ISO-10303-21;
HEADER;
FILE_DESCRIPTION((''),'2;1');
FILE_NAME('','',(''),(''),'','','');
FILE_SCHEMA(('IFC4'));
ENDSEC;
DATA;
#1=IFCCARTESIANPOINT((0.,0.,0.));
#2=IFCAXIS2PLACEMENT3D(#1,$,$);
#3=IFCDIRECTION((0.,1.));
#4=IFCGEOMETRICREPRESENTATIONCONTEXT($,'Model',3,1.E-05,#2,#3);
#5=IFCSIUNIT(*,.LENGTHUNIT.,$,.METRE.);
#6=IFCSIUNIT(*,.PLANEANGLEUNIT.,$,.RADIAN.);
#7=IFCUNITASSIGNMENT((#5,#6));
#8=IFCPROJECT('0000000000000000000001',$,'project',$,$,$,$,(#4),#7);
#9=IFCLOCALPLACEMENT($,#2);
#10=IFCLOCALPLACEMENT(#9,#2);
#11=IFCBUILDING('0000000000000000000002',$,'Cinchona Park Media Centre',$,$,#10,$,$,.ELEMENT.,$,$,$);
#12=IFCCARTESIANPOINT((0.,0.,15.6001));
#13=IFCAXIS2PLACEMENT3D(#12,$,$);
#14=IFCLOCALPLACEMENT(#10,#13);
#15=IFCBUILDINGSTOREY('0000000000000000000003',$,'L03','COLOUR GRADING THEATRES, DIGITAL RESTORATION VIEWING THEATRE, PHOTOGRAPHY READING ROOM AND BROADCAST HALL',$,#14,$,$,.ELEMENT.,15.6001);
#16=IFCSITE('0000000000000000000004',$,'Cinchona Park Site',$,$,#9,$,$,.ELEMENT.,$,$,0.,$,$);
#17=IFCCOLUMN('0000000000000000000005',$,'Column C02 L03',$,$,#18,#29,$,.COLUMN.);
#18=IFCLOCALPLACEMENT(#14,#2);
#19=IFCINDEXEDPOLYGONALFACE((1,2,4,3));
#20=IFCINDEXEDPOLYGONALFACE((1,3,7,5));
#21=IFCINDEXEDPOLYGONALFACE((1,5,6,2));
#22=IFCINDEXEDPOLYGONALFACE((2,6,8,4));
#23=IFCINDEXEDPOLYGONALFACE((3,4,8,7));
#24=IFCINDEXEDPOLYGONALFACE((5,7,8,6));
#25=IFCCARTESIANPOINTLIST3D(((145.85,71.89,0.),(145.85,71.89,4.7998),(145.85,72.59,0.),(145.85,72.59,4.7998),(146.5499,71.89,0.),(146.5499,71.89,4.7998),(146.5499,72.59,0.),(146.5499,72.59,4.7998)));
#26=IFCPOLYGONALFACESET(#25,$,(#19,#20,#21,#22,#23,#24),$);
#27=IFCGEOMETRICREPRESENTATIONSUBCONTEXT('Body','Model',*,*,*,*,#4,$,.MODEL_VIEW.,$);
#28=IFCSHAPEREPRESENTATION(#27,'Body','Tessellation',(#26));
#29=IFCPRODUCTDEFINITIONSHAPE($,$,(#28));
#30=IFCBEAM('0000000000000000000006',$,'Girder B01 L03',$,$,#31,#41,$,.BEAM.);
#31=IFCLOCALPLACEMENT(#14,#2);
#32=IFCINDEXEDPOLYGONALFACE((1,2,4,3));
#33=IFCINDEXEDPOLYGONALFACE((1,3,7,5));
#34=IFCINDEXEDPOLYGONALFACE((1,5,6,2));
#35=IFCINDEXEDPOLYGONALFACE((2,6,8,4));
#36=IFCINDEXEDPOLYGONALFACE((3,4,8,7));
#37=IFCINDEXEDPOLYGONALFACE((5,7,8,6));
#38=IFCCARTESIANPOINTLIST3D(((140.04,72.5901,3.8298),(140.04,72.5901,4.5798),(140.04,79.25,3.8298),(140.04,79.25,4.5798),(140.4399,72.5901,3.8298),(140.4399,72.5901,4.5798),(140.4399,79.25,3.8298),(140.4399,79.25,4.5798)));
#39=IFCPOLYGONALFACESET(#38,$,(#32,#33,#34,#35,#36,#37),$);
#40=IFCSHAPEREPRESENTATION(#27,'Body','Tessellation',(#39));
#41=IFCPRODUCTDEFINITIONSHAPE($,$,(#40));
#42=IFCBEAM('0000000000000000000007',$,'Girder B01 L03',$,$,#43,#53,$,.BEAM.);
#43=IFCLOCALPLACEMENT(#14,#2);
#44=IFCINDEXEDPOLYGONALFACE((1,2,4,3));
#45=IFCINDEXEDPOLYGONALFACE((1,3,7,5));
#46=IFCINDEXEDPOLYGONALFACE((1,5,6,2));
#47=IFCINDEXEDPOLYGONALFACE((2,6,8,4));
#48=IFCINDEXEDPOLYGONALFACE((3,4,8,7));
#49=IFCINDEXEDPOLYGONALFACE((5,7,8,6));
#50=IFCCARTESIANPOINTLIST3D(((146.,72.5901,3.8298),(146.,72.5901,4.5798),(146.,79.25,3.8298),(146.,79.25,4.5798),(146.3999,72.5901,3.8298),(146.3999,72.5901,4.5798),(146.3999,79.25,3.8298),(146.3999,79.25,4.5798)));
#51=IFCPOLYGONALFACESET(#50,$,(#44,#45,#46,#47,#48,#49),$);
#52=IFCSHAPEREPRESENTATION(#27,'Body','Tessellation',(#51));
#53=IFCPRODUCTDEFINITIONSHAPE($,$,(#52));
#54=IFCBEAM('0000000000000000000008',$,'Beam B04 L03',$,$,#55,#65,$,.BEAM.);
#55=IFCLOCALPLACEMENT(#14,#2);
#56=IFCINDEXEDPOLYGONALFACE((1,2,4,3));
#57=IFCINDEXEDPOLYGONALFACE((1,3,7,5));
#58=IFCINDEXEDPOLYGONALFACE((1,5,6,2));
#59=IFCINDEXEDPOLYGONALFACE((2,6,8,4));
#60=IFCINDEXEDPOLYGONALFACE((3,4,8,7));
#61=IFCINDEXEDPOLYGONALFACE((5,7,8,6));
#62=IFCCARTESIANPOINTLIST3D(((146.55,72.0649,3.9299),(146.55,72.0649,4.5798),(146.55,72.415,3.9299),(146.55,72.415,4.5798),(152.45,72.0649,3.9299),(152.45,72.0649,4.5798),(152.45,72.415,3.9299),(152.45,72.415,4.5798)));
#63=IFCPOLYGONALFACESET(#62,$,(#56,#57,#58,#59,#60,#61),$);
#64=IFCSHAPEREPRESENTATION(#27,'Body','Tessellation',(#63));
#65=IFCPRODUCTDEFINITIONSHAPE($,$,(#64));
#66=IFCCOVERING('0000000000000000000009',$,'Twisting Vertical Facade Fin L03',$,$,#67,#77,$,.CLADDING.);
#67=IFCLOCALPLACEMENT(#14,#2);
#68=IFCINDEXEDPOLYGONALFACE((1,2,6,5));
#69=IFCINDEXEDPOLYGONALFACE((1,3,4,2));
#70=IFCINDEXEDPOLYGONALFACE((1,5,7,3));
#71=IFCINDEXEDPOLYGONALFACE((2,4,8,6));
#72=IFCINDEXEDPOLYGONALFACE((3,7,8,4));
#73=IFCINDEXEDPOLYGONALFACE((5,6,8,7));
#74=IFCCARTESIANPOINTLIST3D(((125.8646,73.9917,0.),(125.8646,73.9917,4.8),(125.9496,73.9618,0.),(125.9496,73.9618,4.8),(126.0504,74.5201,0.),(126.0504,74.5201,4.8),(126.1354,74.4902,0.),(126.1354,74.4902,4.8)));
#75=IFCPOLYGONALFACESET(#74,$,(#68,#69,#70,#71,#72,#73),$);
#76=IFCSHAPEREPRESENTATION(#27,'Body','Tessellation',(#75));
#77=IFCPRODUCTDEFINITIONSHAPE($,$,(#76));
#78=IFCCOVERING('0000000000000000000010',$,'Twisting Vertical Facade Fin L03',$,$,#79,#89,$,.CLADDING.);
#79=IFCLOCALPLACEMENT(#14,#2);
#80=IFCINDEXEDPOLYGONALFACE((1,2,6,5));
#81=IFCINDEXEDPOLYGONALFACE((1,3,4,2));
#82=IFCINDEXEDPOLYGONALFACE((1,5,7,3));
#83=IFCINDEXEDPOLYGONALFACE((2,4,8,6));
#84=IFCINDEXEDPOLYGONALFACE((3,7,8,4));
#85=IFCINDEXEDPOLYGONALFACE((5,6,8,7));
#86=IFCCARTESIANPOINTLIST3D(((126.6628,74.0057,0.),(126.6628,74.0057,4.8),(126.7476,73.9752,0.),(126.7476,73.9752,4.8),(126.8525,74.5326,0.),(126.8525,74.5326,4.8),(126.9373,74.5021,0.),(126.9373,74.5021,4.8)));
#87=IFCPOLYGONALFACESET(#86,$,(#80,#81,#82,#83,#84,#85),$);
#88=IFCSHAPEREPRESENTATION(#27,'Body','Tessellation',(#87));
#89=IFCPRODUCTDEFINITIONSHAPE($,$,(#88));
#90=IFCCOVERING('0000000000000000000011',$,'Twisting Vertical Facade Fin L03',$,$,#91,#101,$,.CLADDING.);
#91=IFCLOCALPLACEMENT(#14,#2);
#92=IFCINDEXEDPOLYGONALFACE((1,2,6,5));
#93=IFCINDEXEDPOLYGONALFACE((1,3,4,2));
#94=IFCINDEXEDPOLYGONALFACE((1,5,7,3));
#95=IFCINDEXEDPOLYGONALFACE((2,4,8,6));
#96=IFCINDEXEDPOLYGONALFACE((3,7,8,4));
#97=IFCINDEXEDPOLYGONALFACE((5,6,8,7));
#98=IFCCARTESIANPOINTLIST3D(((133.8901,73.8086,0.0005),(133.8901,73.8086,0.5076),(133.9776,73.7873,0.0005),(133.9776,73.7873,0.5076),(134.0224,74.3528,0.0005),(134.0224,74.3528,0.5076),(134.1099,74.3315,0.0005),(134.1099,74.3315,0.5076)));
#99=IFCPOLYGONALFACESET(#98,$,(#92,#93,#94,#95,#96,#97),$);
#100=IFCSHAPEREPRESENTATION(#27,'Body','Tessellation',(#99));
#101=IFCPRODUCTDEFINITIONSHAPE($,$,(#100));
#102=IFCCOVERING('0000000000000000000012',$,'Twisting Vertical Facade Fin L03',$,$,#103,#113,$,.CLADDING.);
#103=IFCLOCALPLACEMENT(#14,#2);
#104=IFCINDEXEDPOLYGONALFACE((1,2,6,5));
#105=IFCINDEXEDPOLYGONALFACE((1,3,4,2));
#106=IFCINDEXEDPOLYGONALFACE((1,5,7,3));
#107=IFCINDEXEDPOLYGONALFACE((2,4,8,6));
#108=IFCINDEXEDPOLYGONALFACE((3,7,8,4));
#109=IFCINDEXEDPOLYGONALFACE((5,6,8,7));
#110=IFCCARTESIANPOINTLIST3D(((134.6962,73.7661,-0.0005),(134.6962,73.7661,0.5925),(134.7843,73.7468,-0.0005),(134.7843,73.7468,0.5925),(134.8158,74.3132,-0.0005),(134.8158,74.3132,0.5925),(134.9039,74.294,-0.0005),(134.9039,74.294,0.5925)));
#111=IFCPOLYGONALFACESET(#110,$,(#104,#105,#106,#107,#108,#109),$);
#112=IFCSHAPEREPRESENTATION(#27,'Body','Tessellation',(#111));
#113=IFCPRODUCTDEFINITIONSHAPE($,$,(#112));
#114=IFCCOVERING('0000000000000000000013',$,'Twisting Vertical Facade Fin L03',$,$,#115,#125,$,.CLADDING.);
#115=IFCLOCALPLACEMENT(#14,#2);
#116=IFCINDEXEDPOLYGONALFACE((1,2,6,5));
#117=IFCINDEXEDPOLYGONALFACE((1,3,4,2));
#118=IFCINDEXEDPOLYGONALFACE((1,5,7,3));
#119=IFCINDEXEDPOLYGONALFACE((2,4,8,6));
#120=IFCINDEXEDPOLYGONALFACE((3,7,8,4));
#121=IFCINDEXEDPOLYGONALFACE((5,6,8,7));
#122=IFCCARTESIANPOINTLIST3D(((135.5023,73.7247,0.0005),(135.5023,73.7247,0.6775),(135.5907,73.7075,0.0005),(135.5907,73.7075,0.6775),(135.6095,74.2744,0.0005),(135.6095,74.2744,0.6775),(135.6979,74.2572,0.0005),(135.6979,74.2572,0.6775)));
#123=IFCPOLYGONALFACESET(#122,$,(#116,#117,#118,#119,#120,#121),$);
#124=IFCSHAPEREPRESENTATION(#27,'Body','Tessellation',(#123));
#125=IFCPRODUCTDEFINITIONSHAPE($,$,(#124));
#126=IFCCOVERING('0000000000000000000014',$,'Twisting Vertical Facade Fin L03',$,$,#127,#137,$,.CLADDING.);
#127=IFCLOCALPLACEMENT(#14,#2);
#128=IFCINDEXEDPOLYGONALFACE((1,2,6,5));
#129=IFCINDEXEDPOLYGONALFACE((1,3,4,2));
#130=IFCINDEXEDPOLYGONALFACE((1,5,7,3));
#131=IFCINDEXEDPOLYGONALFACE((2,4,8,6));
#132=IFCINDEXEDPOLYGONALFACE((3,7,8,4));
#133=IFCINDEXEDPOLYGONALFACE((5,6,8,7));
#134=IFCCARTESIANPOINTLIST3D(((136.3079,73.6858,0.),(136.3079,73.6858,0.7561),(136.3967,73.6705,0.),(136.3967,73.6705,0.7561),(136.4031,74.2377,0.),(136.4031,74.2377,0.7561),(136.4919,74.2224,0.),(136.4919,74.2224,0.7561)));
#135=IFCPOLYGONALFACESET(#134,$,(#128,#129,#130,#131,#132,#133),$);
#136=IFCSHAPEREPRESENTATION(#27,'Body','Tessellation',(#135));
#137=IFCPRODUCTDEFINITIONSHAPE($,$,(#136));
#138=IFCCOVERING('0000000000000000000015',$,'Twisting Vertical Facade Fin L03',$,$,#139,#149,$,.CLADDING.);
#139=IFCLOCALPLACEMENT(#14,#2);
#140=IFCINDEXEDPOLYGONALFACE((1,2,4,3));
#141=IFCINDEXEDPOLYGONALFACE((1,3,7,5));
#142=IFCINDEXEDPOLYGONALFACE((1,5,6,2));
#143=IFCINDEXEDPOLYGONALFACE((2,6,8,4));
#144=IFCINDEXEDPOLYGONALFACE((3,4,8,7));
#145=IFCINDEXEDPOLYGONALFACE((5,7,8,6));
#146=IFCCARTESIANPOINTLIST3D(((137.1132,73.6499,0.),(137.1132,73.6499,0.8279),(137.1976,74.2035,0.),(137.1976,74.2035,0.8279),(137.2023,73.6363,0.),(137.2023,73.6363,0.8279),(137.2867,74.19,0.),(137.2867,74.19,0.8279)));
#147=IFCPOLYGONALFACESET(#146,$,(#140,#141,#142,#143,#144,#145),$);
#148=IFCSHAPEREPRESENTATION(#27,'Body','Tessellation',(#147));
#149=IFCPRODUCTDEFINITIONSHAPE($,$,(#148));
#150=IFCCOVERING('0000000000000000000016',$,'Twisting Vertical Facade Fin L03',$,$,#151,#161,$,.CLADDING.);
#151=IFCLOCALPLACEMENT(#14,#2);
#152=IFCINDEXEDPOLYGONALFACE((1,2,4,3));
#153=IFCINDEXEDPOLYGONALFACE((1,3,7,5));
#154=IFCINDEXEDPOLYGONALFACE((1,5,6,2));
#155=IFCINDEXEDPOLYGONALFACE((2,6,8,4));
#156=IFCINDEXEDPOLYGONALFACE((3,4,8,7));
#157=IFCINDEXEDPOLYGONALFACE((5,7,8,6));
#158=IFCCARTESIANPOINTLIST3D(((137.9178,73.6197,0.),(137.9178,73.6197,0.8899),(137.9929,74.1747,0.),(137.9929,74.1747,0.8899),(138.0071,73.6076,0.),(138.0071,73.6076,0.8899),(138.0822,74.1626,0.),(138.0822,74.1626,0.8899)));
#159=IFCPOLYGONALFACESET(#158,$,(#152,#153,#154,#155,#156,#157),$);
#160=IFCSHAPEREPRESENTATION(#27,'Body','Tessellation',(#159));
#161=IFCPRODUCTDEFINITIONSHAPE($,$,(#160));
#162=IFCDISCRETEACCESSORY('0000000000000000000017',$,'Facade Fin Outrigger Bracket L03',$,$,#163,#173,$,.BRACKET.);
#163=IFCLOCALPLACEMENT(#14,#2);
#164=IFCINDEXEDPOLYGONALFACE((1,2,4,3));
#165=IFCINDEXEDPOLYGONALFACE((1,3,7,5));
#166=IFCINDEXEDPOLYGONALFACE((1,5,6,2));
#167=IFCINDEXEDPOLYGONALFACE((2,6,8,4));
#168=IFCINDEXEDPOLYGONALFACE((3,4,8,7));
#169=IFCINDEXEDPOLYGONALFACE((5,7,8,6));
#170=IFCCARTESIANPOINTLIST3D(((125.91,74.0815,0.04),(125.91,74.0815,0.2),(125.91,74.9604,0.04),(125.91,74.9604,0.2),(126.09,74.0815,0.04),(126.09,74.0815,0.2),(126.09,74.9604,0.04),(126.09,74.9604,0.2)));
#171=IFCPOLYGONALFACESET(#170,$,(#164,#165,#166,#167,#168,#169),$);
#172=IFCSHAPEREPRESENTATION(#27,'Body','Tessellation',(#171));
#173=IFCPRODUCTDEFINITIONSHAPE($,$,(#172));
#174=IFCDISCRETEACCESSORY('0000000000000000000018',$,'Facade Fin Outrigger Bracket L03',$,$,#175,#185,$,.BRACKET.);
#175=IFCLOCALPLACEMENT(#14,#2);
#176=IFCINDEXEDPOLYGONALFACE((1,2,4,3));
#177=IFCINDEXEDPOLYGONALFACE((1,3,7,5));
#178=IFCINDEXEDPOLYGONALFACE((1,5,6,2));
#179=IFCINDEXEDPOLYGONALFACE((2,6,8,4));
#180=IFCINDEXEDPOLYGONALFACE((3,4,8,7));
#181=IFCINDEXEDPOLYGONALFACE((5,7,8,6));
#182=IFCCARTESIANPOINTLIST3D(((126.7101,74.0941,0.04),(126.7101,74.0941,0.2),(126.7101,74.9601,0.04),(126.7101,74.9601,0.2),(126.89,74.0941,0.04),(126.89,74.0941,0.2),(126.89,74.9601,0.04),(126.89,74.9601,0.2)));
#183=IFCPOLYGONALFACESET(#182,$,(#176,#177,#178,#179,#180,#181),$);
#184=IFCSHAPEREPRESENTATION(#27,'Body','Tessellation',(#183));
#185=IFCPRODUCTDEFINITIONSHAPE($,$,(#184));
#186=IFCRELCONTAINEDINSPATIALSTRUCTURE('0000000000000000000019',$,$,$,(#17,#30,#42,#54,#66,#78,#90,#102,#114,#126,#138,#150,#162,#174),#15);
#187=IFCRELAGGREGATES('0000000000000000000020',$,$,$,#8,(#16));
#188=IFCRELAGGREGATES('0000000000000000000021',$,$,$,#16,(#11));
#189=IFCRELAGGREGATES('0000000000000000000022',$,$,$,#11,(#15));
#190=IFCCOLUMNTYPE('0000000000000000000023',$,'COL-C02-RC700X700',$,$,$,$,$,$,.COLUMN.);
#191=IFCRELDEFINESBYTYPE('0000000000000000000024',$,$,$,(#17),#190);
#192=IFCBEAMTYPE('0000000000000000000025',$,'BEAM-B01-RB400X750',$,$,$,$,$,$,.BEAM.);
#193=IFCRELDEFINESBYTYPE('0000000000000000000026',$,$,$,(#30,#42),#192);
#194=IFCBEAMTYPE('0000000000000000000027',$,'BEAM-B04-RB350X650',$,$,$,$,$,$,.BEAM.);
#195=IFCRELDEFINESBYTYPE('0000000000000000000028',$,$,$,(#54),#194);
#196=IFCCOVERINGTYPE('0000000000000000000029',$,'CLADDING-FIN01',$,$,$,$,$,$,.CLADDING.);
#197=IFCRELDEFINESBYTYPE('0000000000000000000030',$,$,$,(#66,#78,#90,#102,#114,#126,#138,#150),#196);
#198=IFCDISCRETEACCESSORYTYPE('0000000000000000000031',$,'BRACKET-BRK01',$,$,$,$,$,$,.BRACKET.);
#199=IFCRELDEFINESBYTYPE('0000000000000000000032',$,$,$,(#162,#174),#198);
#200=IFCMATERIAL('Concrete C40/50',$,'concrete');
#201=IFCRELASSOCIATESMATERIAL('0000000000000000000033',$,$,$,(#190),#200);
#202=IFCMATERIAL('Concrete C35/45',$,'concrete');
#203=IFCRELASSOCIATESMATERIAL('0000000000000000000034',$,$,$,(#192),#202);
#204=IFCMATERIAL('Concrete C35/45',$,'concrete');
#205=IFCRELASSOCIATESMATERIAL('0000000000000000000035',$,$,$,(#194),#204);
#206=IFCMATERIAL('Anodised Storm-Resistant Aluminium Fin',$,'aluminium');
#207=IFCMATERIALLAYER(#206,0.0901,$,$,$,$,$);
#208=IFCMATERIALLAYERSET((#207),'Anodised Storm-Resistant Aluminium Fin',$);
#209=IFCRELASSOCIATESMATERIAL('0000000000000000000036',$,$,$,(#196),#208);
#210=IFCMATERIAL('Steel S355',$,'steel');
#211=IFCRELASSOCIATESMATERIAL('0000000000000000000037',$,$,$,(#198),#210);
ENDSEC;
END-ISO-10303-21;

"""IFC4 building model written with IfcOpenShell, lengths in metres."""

from ifc_helpers import new_model, si_unit, direction, frame, origin, origin_2d, place, context, subcontext, project, spatial, rectangle, extrude, material, layer, layer_set, material_profile, profile_set, type_object, element, save


model = new_model("IFC4")

# Units and contexts
model_context = context("Model", 3, precision=1e-05, world=origin(), true_north=direction((0.0, 1.0)))
body_context = subcontext(model_context, "Body", "Model", "MODEL_VIEW")
ifc_project = project(units=[si_unit("LENGTHUNIT", "METRE"), si_unit("PLANEANGLEUNIT", "RADIAN")], contexts=[model_context])

# Site, building, storey
site_placement = place(None, origin())
site = spatial("IfcSite", under=ifc_project, at=site_placement, Name="Cinchona Park Site", CompositionType="ELEMENT", RefElevation=0.0)
building_placement = place(site_placement, origin())
building = spatial("IfcBuilding", under=site, at=building_placement, Name="Cinchona Park Media Centre", CompositionType="ELEMENT")
storey_placement = place(building_placement, frame((0.0, 0.0, 15.6001)))
storey = spatial("IfcBuildingStorey", under=building, at=storey_placement, Name="L03", Description="COLOUR GRADING THEATRES, DIGITAL RESTORATION VIEWING THEATRE, PHOTOGRAPHY READING ROOM AND BROADCAST HALL", CompositionType="ELEMENT", Elevation=15.6001)

# Column
ifc_material_1 = material(Name="Concrete C40/50", Category="concrete")
ifc_material_profile_1 = material_profile(ifc_material_1, rectangle(XDim=0.7, YDim=0.7, at=origin_2d()), Name="RC 700X700")
ifc_profile_set_1 = profile_set([ifc_material_profile_1], Name="Concrete C40/50")
column_type = type_object("IfcColumnType", Name="COL-C02-RC700X700", PredefinedType="COLUMN", material=ifc_profile_set_1)
column_placement = place(storey_placement, frame((146.2, 72.24, 0.0), z_axis=(0.0, 0.0, 1.0), x_axis=(1.0, 0.0, 0.0)))
element("IfcColumn", 1, at=column_placement, inside=storey, type_object=column_type, Name="Column C02 L03", PredefinedType="COLUMN", context=body_context, shape_type="SweptSolid", body=[
    extrude(rectangle(XDim=0.7, YDim=0.7, at=origin_2d()), origin(), (0.0, 0.0, 1.0), 4.7998),
])

# Beams
ifc_material_2 = material(Name="Concrete C35/45", Category="concrete")
ifc_material_profile_2 = material_profile(ifc_material_2, rectangle(XDim=0.3999, YDim=0.75, at=origin_2d()), Name="RB 400X750")
ifc_profile_set_2 = profile_set([ifc_material_profile_2], Name="Concrete C35/45")
beam_type_1 = type_object("IfcBeamType", Name="BEAM-B01-RB400X750", PredefinedType="BEAM", material=ifc_profile_set_2)
for number, where, z_axis, x_axis, name in (
    (2, (140.24, 72.5901, 4.2048), (0.0, 1.0, 0.0), (-1.0, 0.0, 0.0), "Girder B01 L03"),
    (3, (146.2, 72.5901, 4.2048), (0.0, 1.0, 0.0), (-1.0, 0.0, 0.0), "Girder B01 L03"),
):
    element("IfcBeam", number, at=place(storey_placement, frame(where, z_axis=z_axis, x_axis=x_axis)), inside=storey, type_object=beam_type_1, Name=name, PredefinedType="BEAM", context=body_context, shape_type="SweptSolid", body=[
        extrude(rectangle(XDim=0.3999, YDim=0.75, at=origin_2d()), origin(), (0.0, 0.0, 1.0), 6.6599),
    ])
ifc_material_3 = material(Name="Concrete C35/45", Category="concrete")
ifc_material_profile_3 = material_profile(ifc_material_3, rectangle(XDim=0.3501, YDim=0.6499, at=origin_2d()), Name="RB 350X650")
ifc_profile_set_3 = profile_set([ifc_material_profile_3], Name="Concrete C35/45")
beam_type_2 = type_object("IfcBeamType", Name="BEAM-B04-RB350X650", PredefinedType="BEAM", material=ifc_profile_set_3)
beam_placement = place(storey_placement, frame((146.55, 72.24, 4.2549), z_axis=(1.0, 0.0, 0.0), x_axis=(0.0, 1.0, 0.0)))
element("IfcBeam", 4, at=beam_placement, inside=storey, type_object=beam_type_2, Name="Beam B04 L03", PredefinedType="BEAM", context=body_context, shape_type="SweptSolid", body=[
    extrude(rectangle(XDim=0.3501, YDim=0.6499, at=origin_2d()), origin(), (0.0, 0.0, 1.0), 5.8999),
])

# Coverings
ifc_material_4 = material(Name="Anodised Storm-Resistant Aluminium Fin", Category="aluminium")
ifc_layer = layer(ifc_material_4, 0.0901)
ifc_layer_set = layer_set([ifc_layer], Name="Anodised Storm-Resistant Aluminium Fin")
covering_type = type_object("IfcCoveringType", Name="CLADDING-FIN01", PredefinedType="CLADDING", material=ifc_layer_set)
for number, where, z_axis, x_axis, name in (
    (5, (126.0, 74.241, 0.0), (0.0, 0.0, 1.0), (0.331667, 0.943396, 0.0), "Twisting Vertical Facade Fin L03"),
    (6, (126.8, 74.2539, 0.0), (0.0, 0.0, 1.0), (0.338738, 0.940881, 0.0), "Twisting Vertical Facade Fin L03"),
):
    element("IfcCovering", number, at=place(storey_placement, frame(where, z_axis=z_axis, x_axis=x_axis)), inside=storey, type_object=covering_type, Name=name, PredefinedType="CLADDING", context=body_context, shape_type="SweptSolid", body=[
        extrude(rectangle(XDim=0.5601, YDim=0.0901, at=origin_2d()), origin(), (0.0, 0.0, 1.0), 4.8),
    ])
covering_1_placement = place(storey_placement, frame((134.0, 74.0701, 0.0005), z_axis=(0.0, 0.0, 1.0), x_axis=(0.236329, 0.971673, 0.0)))
element("IfcCovering", 7, at=covering_1_placement, inside=storey, type_object=covering_type, Name="Twisting Vertical Facade Fin L03", PredefinedType="CLADDING", context=body_context, shape_type="SweptSolid", body=[
    extrude(rectangle(XDim=0.5601, YDim=0.0901, at=origin_2d()), origin(), (0.0, 0.0, 1.0), 0.5071),
])
covering_2_placement = place(storey_placement, frame((134.8, 74.03, -0.0005), z_axis=(0.0, 0.0, 1.0), x_axis=(0.213542, 0.976934, 0.0)))
element("IfcCovering", 8, at=covering_2_placement, inside=storey, type_object=covering_type, Name="Twisting Vertical Facade Fin L03", PredefinedType="CLADDING", context=body_context, shape_type="SweptSolid", body=[
    extrude(rectangle(XDim=0.5601, YDim=0.0901, at=origin_2d()), origin(), (0.0, 0.0, 1.0), 0.593),
])
covering_3_placement = place(storey_placement, frame((135.6001, 73.991, 0.0005), z_axis=(0.0, 0.0, 1.0), x_axis=(0.191323, 0.981527, 0.0)))
element("IfcCovering", 9, at=covering_3_placement, inside=storey, type_object=covering_type, Name="Twisting Vertical Facade Fin L03", PredefinedType="CLADDING", context=body_context, shape_type="SweptSolid", body=[
    extrude(rectangle(XDim=0.5601, YDim=0.0901, at=origin_2d()), origin(), (0.0, 0.0, 1.0), 0.677),
])
covering_4_placement = place(storey_placement, frame((136.3999, 73.9541, 0.0), z_axis=(0.0, 0.0, 1.0), x_axis=(0.170038, 0.985438, 0.0)))
element("IfcCovering", 10, at=covering_4_placement, inside=storey, type_object=covering_type, Name="Twisting Vertical Facade Fin L03", PredefinedType="CLADDING", context=body_context, shape_type="SweptSolid", body=[
    extrude(rectangle(XDim=0.5601, YDim=0.0901, at=origin_2d()), origin(), (0.0, 0.0, 1.0), 0.7561),
])
covering_5_placement = place(storey_placement, frame((137.2, 73.9199, 0.0), z_axis=(0.0, 0.0, 1.0), x_axis=(0.150743, 0.988573, 0.0)))
element("IfcCovering", 11, at=covering_5_placement, inside=storey, type_object=covering_type, Name="Twisting Vertical Facade Fin L03", PredefinedType="CLADDING", context=body_context, shape_type="SweptSolid", body=[
    extrude(rectangle(XDim=0.5601, YDim=0.0901, at=origin_2d()), origin(), (0.0, 0.0, 1.0), 0.8279),
])
covering_6_placement = place(storey_placement, frame((138.0, 73.8911, 0.0), z_axis=(0.0, 0.0, 1.0), x_axis=(0.134159, 0.99096, 0.0)))
element("IfcCovering", 12, at=covering_6_placement, inside=storey, type_object=covering_type, Name="Twisting Vertical Facade Fin L03", PredefinedType="CLADDING", context=body_context, shape_type="SweptSolid", body=[
    extrude(rectangle(XDim=0.5601, YDim=0.0901, at=origin_2d()), origin(), (0.0, 0.0, 1.0), 0.8899),
])

# Discrete accessories
ifc_material_5 = material(Name="Steel S355", Category="steel")
discrete_accessory_type = type_object("IfcDiscreteAccessoryType", Name="BRACKET-BRK01", PredefinedType="BRACKET", material=ifc_material_5)
discrete_accessory_1_placement = place(storey_placement, frame((126.0, 74.521, 0.04), z_axis=(0.0, 0.0, 1.0), x_axis=(1.0, 0.0, 0.0)))
element("IfcDiscreteAccessory", 13, at=discrete_accessory_1_placement, inside=storey, type_object=discrete_accessory_type, Name="Facade Fin Outrigger Bracket L03", PredefinedType="BRACKET", context=body_context, shape_type="SweptSolid", body=[
    extrude(rectangle(XDim=0.1799, YDim=0.8789, at=origin_2d()), origin(), (0.0, 0.0, 1.0), 0.1599),
])
discrete_accessory_2_placement = place(storey_placement, frame((126.8, 74.5271, 0.04), z_axis=(0.0, 0.0, 1.0), x_axis=(1.0, 0.0, 0.0)))
element("IfcDiscreteAccessory", 14, at=discrete_accessory_2_placement, inside=storey, type_object=discrete_accessory_type, Name="Facade Fin Outrigger Bracket L03", PredefinedType="BRACKET", context=body_context, shape_type="SweptSolid", body=[
    extrude(rectangle(XDim=0.1799, YDim=0.866, at=origin_2d()), origin(), (0.0, 0.0, 1.0), 0.1599),
])

save(model, "model.ifc")
